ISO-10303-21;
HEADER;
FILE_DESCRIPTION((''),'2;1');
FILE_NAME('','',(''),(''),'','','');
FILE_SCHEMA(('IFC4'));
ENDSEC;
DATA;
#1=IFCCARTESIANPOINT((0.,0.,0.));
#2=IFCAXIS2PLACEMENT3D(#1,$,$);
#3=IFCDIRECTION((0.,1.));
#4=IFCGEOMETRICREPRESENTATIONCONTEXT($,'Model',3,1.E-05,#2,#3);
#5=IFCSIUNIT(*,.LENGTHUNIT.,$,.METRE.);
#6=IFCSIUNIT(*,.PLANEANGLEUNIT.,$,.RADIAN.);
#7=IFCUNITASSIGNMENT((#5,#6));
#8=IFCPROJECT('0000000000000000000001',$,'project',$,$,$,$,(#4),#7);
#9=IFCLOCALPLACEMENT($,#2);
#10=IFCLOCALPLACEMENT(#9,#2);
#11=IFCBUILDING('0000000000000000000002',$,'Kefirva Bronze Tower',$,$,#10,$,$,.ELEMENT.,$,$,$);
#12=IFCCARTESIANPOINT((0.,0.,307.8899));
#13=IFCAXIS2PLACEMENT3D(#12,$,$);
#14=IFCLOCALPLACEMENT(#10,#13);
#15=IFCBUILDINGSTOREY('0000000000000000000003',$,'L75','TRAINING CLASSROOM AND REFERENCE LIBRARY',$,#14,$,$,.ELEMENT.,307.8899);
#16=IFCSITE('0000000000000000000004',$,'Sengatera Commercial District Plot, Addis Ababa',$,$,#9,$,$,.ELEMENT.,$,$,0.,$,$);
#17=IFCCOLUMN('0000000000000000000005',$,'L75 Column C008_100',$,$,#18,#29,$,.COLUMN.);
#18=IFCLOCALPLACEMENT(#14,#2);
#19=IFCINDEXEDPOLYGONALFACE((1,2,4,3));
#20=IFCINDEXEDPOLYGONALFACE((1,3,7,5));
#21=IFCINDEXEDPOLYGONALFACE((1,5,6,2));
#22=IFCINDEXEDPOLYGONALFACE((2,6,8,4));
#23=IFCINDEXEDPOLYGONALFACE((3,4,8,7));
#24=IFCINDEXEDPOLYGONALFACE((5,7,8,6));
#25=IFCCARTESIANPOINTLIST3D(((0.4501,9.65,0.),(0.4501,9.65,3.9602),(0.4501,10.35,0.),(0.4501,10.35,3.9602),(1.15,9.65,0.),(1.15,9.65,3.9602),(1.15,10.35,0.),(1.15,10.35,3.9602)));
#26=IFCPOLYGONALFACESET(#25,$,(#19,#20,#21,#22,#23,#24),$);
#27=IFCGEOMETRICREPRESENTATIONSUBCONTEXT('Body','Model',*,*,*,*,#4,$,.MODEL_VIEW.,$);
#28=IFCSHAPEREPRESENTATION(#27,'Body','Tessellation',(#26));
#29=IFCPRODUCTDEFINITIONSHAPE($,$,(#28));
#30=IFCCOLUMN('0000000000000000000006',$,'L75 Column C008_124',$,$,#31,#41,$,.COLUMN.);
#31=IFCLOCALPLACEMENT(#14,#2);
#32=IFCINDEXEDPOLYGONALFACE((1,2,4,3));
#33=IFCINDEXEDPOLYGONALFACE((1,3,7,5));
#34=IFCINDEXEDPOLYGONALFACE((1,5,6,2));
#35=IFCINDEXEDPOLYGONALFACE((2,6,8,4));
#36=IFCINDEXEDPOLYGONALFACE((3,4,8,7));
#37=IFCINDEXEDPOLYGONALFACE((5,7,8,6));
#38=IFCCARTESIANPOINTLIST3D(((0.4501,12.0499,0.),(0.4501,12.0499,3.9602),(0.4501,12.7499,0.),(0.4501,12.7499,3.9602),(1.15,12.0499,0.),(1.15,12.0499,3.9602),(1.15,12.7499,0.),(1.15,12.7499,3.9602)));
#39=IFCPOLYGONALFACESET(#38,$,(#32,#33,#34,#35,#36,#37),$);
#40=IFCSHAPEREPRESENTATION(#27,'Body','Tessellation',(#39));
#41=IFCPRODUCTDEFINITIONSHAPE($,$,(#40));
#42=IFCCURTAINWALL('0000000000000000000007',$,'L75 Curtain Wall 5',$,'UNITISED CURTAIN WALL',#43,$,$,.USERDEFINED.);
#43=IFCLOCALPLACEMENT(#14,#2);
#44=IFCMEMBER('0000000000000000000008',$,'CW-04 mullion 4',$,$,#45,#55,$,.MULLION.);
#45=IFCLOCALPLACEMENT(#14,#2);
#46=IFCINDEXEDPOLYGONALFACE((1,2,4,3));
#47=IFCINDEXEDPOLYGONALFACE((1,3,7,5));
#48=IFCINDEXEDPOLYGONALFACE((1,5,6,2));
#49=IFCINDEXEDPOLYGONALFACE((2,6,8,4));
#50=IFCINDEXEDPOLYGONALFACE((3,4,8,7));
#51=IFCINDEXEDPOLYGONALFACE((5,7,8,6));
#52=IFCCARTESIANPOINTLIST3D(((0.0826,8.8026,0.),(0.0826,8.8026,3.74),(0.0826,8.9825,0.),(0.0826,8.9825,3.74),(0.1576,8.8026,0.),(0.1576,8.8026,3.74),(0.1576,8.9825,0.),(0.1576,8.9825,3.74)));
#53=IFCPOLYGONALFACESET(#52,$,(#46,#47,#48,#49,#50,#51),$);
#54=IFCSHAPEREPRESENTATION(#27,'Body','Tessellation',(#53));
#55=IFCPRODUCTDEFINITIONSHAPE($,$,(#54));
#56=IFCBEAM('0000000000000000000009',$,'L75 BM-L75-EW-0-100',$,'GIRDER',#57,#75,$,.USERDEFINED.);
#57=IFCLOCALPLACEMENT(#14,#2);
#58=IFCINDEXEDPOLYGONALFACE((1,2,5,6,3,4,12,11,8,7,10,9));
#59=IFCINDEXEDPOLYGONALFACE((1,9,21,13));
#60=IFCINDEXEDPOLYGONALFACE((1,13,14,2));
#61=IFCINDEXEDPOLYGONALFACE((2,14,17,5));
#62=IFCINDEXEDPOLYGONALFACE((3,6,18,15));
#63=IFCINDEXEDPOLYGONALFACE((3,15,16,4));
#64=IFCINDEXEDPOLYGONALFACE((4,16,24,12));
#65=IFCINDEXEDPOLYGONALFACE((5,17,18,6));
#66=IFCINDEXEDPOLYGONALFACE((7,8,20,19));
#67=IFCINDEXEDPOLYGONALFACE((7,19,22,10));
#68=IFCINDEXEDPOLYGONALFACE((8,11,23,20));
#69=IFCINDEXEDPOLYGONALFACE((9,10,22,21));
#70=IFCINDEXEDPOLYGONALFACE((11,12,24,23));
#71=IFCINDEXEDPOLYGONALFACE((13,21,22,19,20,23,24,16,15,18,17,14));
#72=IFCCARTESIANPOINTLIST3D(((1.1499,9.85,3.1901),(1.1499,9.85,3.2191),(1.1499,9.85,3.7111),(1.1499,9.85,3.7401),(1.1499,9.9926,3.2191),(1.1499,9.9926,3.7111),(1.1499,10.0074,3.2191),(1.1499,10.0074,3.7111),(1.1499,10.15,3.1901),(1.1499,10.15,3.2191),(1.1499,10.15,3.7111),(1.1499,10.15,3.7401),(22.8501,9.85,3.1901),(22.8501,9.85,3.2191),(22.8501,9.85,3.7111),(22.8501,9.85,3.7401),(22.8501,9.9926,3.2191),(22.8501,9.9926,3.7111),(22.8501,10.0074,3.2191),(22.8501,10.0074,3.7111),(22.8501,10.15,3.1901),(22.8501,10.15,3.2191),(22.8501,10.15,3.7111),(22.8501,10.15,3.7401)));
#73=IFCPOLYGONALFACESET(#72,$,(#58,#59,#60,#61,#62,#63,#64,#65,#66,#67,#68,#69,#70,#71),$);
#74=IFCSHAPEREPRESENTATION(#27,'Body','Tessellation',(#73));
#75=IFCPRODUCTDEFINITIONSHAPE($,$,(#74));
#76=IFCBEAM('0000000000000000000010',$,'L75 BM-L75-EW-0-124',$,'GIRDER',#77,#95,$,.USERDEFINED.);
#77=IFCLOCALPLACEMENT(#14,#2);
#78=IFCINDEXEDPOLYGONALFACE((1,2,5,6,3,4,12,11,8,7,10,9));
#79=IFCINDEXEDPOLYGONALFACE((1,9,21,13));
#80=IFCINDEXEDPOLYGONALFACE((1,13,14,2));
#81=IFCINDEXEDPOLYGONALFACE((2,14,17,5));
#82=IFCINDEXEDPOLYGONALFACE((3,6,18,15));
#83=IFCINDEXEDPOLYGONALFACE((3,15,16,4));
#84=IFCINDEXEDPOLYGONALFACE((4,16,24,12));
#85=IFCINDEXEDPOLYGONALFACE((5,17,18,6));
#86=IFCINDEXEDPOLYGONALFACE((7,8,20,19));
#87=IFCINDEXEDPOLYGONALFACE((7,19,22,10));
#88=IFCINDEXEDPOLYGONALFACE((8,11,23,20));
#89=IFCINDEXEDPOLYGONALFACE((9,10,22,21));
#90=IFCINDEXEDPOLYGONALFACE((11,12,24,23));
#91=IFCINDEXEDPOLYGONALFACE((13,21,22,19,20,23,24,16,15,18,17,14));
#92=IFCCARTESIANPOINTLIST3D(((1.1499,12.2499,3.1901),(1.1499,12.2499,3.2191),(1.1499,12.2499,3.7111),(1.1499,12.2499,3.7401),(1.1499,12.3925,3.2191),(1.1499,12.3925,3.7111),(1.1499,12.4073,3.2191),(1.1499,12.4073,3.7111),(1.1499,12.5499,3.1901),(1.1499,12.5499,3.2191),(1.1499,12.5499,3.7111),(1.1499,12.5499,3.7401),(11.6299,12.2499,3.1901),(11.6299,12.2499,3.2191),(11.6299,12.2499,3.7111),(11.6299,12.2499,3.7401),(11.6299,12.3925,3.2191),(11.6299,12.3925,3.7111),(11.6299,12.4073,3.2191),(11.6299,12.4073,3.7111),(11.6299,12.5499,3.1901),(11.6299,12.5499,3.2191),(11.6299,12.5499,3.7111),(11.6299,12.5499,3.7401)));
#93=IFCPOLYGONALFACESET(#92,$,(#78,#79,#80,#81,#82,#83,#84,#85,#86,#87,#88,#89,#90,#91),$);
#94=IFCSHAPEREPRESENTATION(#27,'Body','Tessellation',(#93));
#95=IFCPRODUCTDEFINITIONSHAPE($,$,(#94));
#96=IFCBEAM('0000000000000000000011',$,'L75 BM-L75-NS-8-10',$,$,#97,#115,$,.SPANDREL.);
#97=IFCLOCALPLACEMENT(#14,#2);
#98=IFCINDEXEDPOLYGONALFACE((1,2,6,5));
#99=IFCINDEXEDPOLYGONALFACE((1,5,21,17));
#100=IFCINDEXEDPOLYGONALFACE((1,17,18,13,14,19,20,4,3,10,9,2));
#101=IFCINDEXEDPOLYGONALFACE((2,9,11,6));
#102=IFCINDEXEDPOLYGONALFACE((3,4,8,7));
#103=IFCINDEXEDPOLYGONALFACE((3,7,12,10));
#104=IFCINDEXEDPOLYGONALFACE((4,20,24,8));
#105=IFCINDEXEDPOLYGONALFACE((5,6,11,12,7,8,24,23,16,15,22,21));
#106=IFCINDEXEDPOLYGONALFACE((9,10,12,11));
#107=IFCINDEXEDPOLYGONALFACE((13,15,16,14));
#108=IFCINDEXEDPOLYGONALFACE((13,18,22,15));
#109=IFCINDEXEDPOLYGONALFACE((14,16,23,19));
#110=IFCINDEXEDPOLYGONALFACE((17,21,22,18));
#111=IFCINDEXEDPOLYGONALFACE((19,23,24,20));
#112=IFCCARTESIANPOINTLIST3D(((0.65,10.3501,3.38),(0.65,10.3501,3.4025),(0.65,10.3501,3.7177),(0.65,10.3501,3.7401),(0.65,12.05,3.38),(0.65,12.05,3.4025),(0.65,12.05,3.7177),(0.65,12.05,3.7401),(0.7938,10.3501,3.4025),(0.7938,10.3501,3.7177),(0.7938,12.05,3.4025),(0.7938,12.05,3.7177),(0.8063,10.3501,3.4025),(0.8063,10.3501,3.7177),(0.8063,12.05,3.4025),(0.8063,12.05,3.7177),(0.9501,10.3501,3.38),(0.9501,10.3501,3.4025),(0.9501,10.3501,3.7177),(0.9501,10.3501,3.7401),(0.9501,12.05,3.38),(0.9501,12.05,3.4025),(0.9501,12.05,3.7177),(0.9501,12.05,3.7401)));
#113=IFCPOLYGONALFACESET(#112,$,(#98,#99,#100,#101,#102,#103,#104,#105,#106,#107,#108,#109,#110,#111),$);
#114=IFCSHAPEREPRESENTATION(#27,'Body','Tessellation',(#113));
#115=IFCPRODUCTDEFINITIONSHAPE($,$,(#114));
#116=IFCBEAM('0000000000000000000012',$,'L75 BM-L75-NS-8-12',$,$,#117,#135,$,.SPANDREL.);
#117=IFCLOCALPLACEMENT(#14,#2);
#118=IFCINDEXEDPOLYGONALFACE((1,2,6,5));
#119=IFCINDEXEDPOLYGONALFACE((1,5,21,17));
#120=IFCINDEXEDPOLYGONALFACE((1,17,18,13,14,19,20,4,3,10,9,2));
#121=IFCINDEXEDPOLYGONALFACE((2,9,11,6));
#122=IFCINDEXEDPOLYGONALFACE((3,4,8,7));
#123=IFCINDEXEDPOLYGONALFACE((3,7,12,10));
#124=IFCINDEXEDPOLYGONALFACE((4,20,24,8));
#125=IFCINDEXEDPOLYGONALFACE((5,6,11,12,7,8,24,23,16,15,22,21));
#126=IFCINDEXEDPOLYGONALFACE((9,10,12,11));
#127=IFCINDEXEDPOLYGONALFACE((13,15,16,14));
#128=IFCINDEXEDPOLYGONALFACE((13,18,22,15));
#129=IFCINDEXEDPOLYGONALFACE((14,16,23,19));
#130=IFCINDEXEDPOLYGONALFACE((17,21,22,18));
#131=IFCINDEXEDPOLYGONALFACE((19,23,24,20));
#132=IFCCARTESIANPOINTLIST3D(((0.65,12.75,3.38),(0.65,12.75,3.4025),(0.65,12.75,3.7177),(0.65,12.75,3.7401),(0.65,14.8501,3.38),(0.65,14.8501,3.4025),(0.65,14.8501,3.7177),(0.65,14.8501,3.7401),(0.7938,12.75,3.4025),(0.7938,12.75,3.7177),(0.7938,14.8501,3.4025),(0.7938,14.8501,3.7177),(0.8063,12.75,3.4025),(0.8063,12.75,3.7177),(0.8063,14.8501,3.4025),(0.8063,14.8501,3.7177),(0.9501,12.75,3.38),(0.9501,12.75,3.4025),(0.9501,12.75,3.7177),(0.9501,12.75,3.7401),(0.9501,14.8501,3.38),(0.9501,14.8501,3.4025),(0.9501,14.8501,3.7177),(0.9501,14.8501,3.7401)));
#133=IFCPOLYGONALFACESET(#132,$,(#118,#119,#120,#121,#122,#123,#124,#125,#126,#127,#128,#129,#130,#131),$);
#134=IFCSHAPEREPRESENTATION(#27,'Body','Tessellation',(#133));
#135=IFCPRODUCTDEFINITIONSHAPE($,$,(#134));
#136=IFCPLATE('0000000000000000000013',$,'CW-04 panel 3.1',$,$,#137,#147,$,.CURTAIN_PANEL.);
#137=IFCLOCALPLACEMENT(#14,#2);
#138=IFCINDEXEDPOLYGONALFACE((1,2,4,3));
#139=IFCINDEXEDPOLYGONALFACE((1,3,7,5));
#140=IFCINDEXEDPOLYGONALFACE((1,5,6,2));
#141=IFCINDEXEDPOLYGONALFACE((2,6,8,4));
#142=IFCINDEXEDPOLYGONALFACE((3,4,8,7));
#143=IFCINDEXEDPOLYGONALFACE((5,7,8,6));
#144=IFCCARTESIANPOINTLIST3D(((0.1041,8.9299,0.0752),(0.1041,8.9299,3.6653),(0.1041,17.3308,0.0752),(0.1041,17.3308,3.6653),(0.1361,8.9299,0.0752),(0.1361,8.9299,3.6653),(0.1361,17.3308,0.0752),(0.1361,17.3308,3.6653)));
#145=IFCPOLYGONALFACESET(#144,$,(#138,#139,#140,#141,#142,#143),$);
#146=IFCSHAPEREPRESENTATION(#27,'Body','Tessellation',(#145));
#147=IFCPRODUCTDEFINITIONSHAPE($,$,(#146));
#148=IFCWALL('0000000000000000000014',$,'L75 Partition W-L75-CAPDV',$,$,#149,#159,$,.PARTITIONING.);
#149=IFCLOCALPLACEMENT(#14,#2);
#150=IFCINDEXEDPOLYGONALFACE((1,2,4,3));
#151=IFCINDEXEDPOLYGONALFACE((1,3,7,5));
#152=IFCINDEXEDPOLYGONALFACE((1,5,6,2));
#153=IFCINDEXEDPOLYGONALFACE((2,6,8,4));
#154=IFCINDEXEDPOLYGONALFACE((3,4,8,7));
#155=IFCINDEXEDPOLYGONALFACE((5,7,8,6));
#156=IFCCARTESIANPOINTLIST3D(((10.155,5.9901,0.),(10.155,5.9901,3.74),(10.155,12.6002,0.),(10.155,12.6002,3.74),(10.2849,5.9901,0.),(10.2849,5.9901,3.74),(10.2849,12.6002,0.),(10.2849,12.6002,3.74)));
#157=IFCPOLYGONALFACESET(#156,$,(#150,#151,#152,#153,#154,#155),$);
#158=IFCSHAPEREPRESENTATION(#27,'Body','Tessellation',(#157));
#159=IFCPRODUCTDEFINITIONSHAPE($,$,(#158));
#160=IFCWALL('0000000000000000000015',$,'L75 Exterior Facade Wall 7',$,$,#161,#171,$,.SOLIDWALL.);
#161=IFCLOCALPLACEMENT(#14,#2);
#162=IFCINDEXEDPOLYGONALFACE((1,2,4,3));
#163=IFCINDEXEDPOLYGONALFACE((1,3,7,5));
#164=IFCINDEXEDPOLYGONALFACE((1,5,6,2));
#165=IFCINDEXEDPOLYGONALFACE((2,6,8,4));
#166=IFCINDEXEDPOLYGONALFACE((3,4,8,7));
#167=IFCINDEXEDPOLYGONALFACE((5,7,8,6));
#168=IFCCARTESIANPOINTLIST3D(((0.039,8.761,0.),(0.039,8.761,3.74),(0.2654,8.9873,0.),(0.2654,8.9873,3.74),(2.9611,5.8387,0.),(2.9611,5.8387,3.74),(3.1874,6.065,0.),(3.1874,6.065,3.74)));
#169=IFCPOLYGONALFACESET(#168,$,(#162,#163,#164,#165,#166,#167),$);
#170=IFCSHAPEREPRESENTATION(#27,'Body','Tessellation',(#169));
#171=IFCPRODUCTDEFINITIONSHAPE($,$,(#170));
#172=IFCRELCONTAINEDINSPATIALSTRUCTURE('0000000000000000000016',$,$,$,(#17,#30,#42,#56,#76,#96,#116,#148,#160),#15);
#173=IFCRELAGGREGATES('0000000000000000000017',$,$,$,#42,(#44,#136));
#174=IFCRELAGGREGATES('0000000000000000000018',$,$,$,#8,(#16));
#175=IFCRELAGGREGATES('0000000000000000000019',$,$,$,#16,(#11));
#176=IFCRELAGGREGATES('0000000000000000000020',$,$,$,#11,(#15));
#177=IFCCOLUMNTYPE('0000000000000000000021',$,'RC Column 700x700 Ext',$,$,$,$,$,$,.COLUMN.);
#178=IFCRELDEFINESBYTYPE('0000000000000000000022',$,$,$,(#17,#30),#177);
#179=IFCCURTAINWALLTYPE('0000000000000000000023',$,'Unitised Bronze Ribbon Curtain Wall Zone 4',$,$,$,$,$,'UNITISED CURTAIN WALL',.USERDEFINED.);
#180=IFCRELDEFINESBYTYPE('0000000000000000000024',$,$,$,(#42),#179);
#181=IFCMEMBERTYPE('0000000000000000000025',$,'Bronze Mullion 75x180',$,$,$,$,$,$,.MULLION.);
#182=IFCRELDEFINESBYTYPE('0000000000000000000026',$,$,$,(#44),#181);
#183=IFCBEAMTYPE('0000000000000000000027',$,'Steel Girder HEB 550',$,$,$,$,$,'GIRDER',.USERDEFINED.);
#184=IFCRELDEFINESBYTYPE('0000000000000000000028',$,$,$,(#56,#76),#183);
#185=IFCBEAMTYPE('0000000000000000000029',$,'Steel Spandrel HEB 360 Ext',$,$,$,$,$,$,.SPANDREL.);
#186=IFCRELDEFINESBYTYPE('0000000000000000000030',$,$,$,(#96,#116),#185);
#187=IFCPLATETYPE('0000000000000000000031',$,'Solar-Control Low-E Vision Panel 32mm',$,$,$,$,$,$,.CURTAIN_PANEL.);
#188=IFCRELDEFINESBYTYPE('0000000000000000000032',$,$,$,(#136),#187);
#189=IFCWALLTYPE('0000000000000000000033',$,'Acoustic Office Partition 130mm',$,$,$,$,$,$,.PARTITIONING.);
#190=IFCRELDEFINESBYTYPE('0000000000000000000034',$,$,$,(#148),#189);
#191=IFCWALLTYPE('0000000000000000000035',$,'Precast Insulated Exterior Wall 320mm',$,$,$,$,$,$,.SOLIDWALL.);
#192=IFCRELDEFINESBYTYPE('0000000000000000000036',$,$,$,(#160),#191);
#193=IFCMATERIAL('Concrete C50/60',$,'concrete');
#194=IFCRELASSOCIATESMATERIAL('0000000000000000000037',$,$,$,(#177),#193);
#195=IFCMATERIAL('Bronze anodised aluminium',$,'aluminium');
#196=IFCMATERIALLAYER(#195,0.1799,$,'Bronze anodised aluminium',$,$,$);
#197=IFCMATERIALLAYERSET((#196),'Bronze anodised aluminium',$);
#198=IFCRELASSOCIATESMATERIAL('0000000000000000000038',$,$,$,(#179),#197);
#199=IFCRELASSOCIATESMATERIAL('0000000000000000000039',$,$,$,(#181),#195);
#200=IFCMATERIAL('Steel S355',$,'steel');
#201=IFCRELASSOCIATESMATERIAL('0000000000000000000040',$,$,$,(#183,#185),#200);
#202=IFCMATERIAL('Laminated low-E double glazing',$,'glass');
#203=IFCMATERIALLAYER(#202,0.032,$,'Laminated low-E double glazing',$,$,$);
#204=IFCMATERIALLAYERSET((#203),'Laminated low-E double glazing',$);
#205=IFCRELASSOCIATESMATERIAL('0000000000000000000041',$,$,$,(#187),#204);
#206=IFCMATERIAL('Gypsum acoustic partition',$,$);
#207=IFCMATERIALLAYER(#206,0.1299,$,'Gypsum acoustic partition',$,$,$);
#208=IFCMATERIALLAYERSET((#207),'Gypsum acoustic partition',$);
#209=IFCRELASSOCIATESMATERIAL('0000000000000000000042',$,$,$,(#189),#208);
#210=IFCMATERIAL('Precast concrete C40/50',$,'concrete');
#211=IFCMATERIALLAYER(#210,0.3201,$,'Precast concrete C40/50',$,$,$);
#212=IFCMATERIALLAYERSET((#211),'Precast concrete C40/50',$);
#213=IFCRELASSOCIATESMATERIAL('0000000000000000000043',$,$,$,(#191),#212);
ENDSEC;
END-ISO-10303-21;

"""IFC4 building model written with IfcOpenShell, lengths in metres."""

from ifc_helpers import new_model, si_unit, direction, frame, frame_2d, origin, origin_2d, place, context, subcontext, project, spatial, rectangle, i_section, extrude, material, layer, layer_set, material_profile, profile_set, type_object, element, aggregate, save


model = new_model("IFC4")

# Units and contexts
model_context = context("Model", 3, precision=1e-05, world=origin(), true_north=direction((0.0, 1.0)))
body_context = subcontext(model_context, "Body", "Model", "MODEL_VIEW")
ifc_project = project(units=[si_unit("LENGTHUNIT", "METRE"), si_unit("PLANEANGLEUNIT", "RADIAN")], contexts=[model_context])

# Site, building, storey
site_placement = place(None, origin())
site = spatial("IfcSite", under=ifc_project, at=site_placement, Name="Sengatera Commercial District Plot, Addis Ababa", CompositionType="ELEMENT", RefElevation=0.0)
building_placement = place(site_placement, origin())
building = spatial("IfcBuilding", under=site, at=building_placement, Name="Kefirva Bronze Tower", CompositionType="ELEMENT")
storey_placement = place(building_placement, frame((0.0, 0.0, 307.8899)))
storey = spatial("IfcBuildingStorey", under=building, at=storey_placement, Name="L75", Description="TRAINING CLASSROOM AND REFERENCE LIBRARY", CompositionType="ELEMENT", Elevation=307.8899)

# Columns
ifc_material_1 = material(Name="Concrete C50/60", Category="concrete")
ifc_material_profile_1 = material_profile(ifc_material_1, rectangle(XDim=0.7, YDim=0.7, at=origin_2d()), Name="RC 700x700")
ifc_profile_set_1 = profile_set([ifc_material_profile_1], Name="Concrete C50/60")
column_type = type_object("IfcColumnType", Name="RC Column 700x700 Ext", PredefinedType="COLUMN", material=ifc_profile_set_1)
for number, where, z_axis, x_axis, name in (
    (1, (0.8, 10.0, 0.0), (0.0, 0.0, 1.0), (1.0, 0.0, 0.0), "L75 Column C008_100"),
    (2, (0.8, 12.3999, 0.0), (0.0, 0.0, 1.0), (1.0, 0.0, 0.0), "L75 Column C008_124"),
):
    element("IfcColumn", number, at=place(storey_placement, frame(where, z_axis=z_axis, x_axis=x_axis)), inside=storey, type_object=column_type, Name=name, PredefinedType="COLUMN", context=body_context, shape_type="SweptSolid", body=[
        extrude(rectangle(XDim=0.7, YDim=0.7, at=origin_2d()), origin(), (0.0, 0.0, 1.0), 3.9602),
    ])

# Curtain wall, member
ifc_material_2 = material(Name="Bronze anodised aluminium", Category="aluminium")
ifc_layer_1 = layer(ifc_material_2, 0.1799, Name="Bronze anodised aluminium")
ifc_layer_set_1 = layer_set([ifc_layer_1], Name="Bronze anodised aluminium")
curtain_wall_type = type_object("IfcCurtainWallType", Name="Unitised Bronze Ribbon Curtain Wall Zone 4", ElementType="UNITISED CURTAIN WALL", PredefinedType="USERDEFINED", material=ifc_layer_set_1)
curtain_wall_placement = place(storey_placement, origin())
curtain_wall = element("IfcCurtainWall", 3, at=curtain_wall_placement, inside=storey, type_object=curtain_wall_type, Name="L75 Curtain Wall 5", ObjectType="UNITISED CURTAIN WALL", PredefinedType="USERDEFINED")
ifc_material_profile_2 = material_profile(ifc_material_2, rectangle(XDim=0.075, YDim=0.1799, at=origin_2d()), Name="ALU 75x180")
ifc_profile_set_2 = profile_set([ifc_material_profile_2], Name="Bronze anodised aluminium")
member_type = type_object("IfcMemberType", Name="Bronze Mullion 75x180", PredefinedType="MULLION", material=ifc_profile_set_2)
member_placement = place(storey_placement, frame((0.1201, 8.8926, 0.0), z_axis=(0.0, 0.0, 1.0), x_axis=(1.0, 0.0, 0.0)))
member = element("IfcMember", 4, at=member_placement, type_object=member_type, Name="CW-04 mullion 4", PredefinedType="MULLION", context=body_context, shape_type="SweptSolid", body=[
    extrude(rectangle(XDim=0.075, YDim=0.1799, at=origin_2d()), origin(), (0.0, 0.0, 1.0), 3.74),
])

# Beams
ifc_material_3 = material(Name="Steel S355", Category="steel")
ifc_material_profile_3 = material_profile(ifc_material_3, i_section(OverallWidth=0.3, OverallDepth=0.55, WebThickness=0.0149, FlangeThickness=0.0291, at=origin_2d()), Name="HEB 550")
ifc_profile_set_3 = profile_set([ifc_material_profile_3], Name="Steel S355")
beam_type_1 = type_object("IfcBeamType", Name="Steel Girder HEB 550", ElementType="GIRDER", PredefinedType="USERDEFINED", material=ifc_profile_set_3)
beam_1_placement = place(storey_placement, frame((1.1499, 10.0, 3.4651), z_axis=(1.0, 0.0, 0.0), x_axis=(0.0, 1.0, 0.0)))
element("IfcBeam", 5, at=beam_1_placement, inside=storey, type_object=beam_type_1, Name="L75 BM-L75-EW-0-100", ObjectType="GIRDER", PredefinedType="USERDEFINED", context=body_context, shape_type="SweptSolid", body=[
    extrude(i_section(OverallWidth=0.3, OverallDepth=0.55, WebThickness=0.0149, FlangeThickness=0.0291, at=origin_2d()), origin(), (0.0, 0.0, 1.0), 21.7002),
])
beam_2_placement = place(storey_placement, frame((1.1499, 12.3999, 3.4651), z_axis=(1.0, 0.0, 0.0), x_axis=(0.0, 1.0, 0.0)))
element("IfcBeam", 6, at=beam_2_placement, inside=storey, type_object=beam_type_1, Name="L75 BM-L75-EW-0-124", ObjectType="GIRDER", PredefinedType="USERDEFINED", context=body_context, shape_type="SweptSolid", body=[
    extrude(i_section(OverallWidth=0.3, OverallDepth=0.55, WebThickness=0.0149, FlangeThickness=0.0291, at=origin_2d()), origin(), (0.0, 0.0, 1.0), 10.48),
])
ifc_material_profile_4 = material_profile(ifc_material_3, i_section(OverallWidth=0.3, OverallDepth=0.3601, WebThickness=0.0125, FlangeThickness=0.0225, at=origin_2d()), Name="HEB 360")
ifc_profile_set_4 = profile_set([ifc_material_profile_4], Name="Steel S355")
beam_type_2 = type_object("IfcBeamType", Name="Steel Spandrel HEB 360 Ext", PredefinedType="SPANDREL", material=ifc_profile_set_4)
beam_3_placement = place(storey_placement, frame((0.8, 10.3501, 3.5601), z_axis=(0.0, 1.0, 0.0), x_axis=(-1.0, 0.0, 0.0)))
element("IfcBeam", 7, at=beam_3_placement, inside=storey, type_object=beam_type_2, Name="L75 BM-L75-NS-8-10", PredefinedType="SPANDREL", context=body_context, shape_type="SweptSolid", body=[
    extrude(i_section(OverallWidth=0.3, OverallDepth=0.3601, WebThickness=0.0125, FlangeThickness=0.0225, at=origin_2d()), origin(), (0.0, 0.0, 1.0), 1.7),
])
beam_4_placement = place(storey_placement, frame((0.8, 12.75, 3.5601), z_axis=(0.0, 1.0, 0.0), x_axis=(-1.0, 0.0, 0.0)))
element("IfcBeam", 8, at=beam_4_placement, inside=storey, type_object=beam_type_2, Name="L75 BM-L75-NS-8-12", PredefinedType="SPANDREL", context=body_context, shape_type="SweptSolid", body=[
    extrude(i_section(OverallWidth=0.3, OverallDepth=0.3601, WebThickness=0.0125, FlangeThickness=0.0225, at=origin_2d()), origin(), (0.0, 0.0, 1.0), 2.1001),
])

# Plate
ifc_material_4 = material(Name="Laminated low-E double glazing", Category="glass")
ifc_layer_2 = layer(ifc_material_4, 0.032, Name="Laminated low-E double glazing")
ifc_layer_set_2 = layer_set([ifc_layer_2], Name="Laminated low-E double glazing")
plate_type = type_object("IfcPlateType", Name="Solar-Control Low-E Vision Panel 32mm", PredefinedType="CURTAIN_PANEL", material=ifc_layer_set_2)
plate_placement = place(storey_placement, frame((0.1201, 13.1304, 0.0752), z_axis=(0.0, 0.0, 1.0), x_axis=(0.0, -1.0, 0.0)))
plate = element("IfcPlate", 9, at=plate_placement, type_object=plate_type, Name="CW-04 panel 3.1", PredefinedType="CURTAIN_PANEL", context=body_context, shape_type="SweptSolid", body=[
    extrude(rectangle(XDim=8.4009, YDim=0.032, at=origin_2d()), origin(), (0.0, 0.0, 1.0), 3.5901),
])
aggregate(curtain_wall, [member, plate])

# Walls
ifc_material_5 = material(Name="Gypsum acoustic partition")
ifc_layer_3 = layer(ifc_material_5, 0.1299, Name="Gypsum acoustic partition")
ifc_layer_set_3 = layer_set([ifc_layer_3], Name="Gypsum acoustic partition")
wall_type_1 = type_object("IfcWallType", Name="Acoustic Office Partition 130mm", PredefinedType="PARTITIONING", material=ifc_layer_set_3)
wall_1_placement = place(storey_placement, frame((10.22, 5.99, 0.0), z_axis=(0.0, 0.0, 1.0), x_axis=(0.0, 1.0, 0.0)))
element("IfcWall", 10, at=wall_1_placement, inside=storey, type_object=wall_type_1, Name="L75 Partition W-L75-CAPDV", PredefinedType="PARTITIONING", context=body_context, shape_type="SweptSolid", body=[
    extrude(rectangle(XDim=6.6101, YDim=0.1299, at=frame_2d((3.3052, 0.0))), origin(), (0.0, 0.0, 1.0), 3.74),
])
ifc_material_6 = material(Name="Precast concrete C40/50", Category="concrete")
ifc_layer_4 = layer(ifc_material_6, 0.3201, Name="Precast concrete C40/50")
ifc_layer_set_4 = layer_set([ifc_layer_4], Name="Precast concrete C40/50")
wall_type_2 = type_object("IfcWallType", Name="Precast Insulated Exterior Wall 320mm", PredefinedType="SOLIDWALL", material=ifc_layer_set_4)
wall_2_placement = place(storey_placement, frame((0.1521, 8.8743, 0.0), z_axis=(0.0, 0.0, 1.0), x_axis=(0.707077, -0.707136, 0.0)))
element("IfcWall", 11, at=wall_2_placement, inside=storey, type_object=wall_type_2, Name="L75 Exterior Facade Wall 7", PredefinedType="SOLIDWALL", context=body_context, shape_type="SweptSolid", body=[
    extrude(rectangle(XDim=4.1326, YDim=0.3201, at=frame_2d((2.0664, 0.0))), origin(), (0.0, 0.0, 1.0), 3.74),
])

save(model, "model.ifc")
